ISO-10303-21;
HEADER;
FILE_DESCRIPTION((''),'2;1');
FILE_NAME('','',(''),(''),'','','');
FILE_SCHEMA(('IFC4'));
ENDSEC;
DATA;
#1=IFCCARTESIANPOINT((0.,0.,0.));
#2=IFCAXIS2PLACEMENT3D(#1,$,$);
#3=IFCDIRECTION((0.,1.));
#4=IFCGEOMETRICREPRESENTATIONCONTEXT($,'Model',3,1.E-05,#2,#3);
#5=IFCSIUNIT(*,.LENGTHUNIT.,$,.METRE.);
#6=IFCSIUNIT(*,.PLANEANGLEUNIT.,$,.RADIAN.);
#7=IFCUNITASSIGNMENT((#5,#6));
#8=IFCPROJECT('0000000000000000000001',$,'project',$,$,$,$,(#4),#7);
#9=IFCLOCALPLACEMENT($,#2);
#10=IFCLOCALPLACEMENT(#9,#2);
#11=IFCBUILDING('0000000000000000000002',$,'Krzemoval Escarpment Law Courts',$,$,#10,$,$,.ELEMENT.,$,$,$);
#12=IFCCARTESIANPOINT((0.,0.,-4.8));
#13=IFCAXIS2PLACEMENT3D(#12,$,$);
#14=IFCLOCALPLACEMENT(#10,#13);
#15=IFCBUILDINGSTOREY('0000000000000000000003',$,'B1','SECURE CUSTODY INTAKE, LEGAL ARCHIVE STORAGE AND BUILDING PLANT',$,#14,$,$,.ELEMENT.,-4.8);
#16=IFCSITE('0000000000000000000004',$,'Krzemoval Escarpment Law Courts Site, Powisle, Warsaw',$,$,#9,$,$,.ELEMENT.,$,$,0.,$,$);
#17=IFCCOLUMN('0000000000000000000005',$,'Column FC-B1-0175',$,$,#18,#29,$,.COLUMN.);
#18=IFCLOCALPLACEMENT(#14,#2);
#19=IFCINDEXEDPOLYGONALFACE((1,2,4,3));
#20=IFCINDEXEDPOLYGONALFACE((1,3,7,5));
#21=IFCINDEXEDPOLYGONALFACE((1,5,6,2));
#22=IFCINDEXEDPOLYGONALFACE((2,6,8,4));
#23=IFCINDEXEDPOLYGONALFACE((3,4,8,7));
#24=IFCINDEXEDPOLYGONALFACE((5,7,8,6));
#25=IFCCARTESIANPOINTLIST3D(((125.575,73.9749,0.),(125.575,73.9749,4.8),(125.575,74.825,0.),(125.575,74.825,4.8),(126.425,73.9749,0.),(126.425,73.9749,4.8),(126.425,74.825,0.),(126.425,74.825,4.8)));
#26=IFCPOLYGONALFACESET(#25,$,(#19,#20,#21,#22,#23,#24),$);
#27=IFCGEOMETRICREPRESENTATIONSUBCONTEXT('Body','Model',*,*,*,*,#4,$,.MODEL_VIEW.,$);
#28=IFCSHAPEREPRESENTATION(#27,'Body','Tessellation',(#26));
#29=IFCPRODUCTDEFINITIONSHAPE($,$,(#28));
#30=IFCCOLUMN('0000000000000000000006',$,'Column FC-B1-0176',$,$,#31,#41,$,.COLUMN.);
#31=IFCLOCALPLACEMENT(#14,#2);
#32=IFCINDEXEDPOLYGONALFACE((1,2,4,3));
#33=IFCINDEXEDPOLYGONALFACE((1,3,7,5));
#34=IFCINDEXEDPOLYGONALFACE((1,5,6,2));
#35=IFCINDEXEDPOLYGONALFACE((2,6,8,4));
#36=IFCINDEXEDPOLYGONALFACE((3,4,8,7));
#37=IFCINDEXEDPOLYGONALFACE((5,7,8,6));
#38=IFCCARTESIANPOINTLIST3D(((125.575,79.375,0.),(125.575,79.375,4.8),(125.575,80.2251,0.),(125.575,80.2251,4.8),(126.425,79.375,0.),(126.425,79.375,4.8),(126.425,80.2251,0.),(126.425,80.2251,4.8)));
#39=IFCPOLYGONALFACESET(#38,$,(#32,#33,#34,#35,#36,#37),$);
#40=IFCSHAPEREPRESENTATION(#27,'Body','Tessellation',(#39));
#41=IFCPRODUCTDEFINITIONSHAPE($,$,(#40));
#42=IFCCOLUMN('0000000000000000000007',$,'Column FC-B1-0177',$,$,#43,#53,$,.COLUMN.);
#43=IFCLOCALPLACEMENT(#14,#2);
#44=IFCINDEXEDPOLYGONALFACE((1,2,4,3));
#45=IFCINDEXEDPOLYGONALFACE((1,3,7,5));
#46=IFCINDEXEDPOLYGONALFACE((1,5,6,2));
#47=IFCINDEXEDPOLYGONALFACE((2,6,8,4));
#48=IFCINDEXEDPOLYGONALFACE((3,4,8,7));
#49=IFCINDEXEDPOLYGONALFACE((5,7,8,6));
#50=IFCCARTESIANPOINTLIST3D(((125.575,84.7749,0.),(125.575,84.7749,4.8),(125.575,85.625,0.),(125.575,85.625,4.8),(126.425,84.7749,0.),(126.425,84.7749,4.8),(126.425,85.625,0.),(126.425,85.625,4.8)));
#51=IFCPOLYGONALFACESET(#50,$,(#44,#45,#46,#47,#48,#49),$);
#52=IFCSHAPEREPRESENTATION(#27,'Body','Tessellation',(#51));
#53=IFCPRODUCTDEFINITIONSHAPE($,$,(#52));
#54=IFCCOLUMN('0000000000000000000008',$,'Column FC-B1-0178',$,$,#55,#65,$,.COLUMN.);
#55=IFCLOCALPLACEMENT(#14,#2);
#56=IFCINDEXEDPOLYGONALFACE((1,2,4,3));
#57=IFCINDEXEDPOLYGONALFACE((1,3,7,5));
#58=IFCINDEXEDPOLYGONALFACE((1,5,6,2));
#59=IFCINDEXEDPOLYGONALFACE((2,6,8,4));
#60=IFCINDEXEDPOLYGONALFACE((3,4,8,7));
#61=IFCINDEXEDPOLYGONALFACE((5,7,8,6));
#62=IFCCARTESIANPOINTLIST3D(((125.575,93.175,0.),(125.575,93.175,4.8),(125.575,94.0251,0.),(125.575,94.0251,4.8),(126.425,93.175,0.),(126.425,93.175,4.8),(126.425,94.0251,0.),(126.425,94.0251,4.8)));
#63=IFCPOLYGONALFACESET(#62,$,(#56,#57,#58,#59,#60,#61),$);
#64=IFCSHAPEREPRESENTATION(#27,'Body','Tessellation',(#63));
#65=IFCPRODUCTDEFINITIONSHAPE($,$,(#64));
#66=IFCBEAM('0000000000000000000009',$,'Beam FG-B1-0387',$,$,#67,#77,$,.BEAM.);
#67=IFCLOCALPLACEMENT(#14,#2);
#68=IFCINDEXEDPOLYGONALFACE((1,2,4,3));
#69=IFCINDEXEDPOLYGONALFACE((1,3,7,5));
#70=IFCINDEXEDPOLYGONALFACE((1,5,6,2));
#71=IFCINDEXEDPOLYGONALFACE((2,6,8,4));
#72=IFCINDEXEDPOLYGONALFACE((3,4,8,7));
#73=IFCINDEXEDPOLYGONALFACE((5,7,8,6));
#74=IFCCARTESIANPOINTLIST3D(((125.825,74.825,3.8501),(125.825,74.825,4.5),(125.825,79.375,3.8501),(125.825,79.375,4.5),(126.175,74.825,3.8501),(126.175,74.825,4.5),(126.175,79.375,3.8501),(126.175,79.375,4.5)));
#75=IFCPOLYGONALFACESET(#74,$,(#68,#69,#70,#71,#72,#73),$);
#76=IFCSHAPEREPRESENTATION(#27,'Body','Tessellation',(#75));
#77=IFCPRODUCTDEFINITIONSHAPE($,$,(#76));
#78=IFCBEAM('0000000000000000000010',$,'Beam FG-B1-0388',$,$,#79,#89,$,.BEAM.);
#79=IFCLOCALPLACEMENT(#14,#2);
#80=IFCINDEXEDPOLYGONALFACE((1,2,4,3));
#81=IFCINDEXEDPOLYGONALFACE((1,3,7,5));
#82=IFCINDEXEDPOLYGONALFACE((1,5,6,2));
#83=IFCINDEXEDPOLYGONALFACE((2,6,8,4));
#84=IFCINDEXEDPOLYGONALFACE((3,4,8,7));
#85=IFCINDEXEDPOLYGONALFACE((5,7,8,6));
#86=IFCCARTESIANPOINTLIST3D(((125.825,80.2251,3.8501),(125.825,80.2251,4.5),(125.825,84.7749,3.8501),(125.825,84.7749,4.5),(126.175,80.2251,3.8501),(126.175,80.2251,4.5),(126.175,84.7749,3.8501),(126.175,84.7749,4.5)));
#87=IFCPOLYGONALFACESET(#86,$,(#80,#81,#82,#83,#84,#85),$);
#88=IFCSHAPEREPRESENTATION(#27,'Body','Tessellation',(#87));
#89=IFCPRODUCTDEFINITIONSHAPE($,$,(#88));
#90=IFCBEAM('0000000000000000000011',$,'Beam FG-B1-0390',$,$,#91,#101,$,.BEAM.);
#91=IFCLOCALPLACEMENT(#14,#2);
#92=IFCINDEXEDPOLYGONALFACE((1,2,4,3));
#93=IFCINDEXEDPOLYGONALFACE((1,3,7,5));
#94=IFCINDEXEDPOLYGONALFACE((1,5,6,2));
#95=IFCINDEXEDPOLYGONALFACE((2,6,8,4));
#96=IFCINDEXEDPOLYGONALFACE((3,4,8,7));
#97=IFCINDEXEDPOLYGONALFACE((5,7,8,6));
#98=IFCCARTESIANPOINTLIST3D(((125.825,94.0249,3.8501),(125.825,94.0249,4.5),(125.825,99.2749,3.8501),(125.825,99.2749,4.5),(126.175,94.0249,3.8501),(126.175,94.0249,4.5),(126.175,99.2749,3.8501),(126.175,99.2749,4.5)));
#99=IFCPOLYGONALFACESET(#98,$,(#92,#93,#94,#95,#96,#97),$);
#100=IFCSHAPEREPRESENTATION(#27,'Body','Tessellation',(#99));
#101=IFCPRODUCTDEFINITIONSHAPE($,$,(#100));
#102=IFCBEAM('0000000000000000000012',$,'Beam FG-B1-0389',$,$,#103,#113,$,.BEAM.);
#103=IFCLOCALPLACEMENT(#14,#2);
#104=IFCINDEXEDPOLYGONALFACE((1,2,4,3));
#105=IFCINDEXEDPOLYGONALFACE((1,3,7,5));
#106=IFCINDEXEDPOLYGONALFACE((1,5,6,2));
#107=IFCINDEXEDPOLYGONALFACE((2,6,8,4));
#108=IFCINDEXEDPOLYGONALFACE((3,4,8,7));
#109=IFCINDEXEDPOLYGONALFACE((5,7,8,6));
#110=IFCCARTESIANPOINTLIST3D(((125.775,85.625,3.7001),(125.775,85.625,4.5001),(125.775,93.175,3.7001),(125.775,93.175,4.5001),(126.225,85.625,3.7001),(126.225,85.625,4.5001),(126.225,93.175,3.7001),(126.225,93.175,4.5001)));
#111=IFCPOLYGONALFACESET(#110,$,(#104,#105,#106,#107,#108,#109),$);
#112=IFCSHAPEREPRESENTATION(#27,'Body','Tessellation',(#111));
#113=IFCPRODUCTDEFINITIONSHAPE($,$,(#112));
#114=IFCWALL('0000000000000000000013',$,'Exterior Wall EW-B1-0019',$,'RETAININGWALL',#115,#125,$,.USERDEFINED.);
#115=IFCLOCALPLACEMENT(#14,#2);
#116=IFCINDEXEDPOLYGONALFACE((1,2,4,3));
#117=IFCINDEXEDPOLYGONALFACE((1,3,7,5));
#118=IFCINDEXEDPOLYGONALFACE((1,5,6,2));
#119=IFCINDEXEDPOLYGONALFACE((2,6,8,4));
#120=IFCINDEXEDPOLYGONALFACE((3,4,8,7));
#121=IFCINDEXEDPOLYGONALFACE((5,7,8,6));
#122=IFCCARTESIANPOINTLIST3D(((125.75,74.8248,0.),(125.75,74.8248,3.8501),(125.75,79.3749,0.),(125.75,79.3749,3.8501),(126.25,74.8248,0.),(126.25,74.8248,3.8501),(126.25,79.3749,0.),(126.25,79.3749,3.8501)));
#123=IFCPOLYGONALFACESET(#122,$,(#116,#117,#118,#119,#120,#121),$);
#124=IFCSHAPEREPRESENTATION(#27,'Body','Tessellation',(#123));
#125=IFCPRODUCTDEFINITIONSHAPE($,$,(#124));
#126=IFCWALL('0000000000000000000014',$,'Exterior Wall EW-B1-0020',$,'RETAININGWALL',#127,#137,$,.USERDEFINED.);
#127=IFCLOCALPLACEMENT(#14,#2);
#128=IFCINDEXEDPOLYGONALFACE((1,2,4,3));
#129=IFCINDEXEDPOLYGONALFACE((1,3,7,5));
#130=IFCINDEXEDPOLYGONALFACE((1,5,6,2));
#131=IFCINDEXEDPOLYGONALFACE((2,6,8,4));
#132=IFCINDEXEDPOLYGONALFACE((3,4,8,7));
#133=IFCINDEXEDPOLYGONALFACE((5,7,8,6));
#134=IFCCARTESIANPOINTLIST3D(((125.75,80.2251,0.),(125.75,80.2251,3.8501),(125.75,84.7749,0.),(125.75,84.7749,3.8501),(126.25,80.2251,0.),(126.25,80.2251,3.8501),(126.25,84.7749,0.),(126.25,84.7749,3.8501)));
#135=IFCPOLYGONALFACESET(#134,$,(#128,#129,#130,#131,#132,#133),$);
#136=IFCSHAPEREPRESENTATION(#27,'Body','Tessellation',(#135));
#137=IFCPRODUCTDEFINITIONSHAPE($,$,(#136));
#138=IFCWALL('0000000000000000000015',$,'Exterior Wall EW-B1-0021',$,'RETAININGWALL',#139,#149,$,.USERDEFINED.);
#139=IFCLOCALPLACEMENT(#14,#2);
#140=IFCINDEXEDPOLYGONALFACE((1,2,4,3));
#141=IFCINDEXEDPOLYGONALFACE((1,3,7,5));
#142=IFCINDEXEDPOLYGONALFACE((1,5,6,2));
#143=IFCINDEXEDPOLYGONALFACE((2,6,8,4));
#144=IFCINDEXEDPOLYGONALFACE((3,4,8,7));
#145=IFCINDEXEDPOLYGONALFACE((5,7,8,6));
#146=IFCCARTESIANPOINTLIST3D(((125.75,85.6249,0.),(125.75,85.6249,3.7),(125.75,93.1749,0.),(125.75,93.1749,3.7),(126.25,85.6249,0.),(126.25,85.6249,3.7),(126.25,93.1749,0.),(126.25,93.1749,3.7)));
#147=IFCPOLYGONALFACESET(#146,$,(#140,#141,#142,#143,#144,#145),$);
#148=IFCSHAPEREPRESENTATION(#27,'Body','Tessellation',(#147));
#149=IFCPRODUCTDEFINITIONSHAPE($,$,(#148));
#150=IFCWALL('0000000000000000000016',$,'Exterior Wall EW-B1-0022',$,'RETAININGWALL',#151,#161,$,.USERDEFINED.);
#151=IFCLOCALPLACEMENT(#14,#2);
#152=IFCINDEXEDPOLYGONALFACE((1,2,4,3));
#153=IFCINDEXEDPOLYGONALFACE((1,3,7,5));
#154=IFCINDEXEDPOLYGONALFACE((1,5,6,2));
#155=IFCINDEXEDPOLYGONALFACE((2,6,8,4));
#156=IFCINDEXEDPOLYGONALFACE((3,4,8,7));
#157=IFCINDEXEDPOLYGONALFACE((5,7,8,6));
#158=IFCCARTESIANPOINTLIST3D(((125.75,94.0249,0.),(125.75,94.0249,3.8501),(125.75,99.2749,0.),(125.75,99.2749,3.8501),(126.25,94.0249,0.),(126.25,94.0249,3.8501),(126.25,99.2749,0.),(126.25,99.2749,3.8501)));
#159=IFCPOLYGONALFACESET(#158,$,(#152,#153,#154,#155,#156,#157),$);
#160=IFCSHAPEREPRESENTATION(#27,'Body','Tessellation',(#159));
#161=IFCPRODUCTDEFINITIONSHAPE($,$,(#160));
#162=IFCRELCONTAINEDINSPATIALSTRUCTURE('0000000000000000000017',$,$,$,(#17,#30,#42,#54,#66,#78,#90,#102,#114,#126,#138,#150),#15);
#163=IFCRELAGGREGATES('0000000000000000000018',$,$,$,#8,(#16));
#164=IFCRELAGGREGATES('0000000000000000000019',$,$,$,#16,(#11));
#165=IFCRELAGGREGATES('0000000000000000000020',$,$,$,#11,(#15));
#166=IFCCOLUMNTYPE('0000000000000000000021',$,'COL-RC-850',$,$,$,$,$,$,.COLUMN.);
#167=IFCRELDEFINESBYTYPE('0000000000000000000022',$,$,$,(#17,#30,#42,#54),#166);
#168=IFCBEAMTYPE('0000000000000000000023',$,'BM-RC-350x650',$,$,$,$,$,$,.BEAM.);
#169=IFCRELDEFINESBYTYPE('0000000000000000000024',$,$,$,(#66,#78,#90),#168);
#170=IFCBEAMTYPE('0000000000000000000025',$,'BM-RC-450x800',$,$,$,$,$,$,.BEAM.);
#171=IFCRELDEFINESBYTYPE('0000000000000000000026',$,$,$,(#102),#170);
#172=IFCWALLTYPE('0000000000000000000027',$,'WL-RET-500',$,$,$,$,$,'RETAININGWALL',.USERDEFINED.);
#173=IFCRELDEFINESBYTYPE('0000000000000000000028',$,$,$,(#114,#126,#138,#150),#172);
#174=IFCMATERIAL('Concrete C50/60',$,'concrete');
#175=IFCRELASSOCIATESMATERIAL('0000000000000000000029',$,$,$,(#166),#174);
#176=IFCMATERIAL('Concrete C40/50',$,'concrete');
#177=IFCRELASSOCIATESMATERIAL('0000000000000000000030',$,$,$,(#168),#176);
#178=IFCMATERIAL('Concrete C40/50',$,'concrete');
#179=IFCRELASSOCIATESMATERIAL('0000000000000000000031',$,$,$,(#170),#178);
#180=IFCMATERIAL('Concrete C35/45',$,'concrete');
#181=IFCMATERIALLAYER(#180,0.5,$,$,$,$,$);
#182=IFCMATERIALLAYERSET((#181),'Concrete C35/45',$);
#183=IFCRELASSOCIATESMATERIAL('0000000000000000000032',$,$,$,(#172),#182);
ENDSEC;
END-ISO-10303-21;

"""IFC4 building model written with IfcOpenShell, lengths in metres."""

from ifc_helpers import new_model, si_unit, direction, frame, frame_2d, origin, origin_2d, place, context, subcontext, project, spatial, rectangle, extrude, material, layer, layer_set, material_profile, profile_set, type_object, element, save


model = new_model("IFC4")

# Units and contexts
model_context = context("Model", 3, precision=1e-05, world=origin(), true_north=direction((0.0, 1.0)))
body_context = subcontext(model_context, "Body", "Model", "MODEL_VIEW")
ifc_project = project(units=[si_unit("LENGTHUNIT", "METRE"), si_unit("PLANEANGLEUNIT", "RADIAN")], contexts=[model_context])

# Site, building, storey
site_placement = place(None, origin())
site = spatial("IfcSite", under=ifc_project, at=site_placement, Name="Krzemoval Escarpment Law Courts Site, Powisle, Warsaw", CompositionType="ELEMENT", RefElevation=0.0)
building_placement = place(site_placement, origin())
building = spatial("IfcBuilding", under=site, at=building_placement, Name="Krzemoval Escarpment Law Courts", CompositionType="ELEMENT")
storey_placement = place(building_placement, frame((0.0, 0.0, -4.8)))
storey = spatial("IfcBuildingStorey", under=building, at=storey_placement, Name="B1", Description="SECURE CUSTODY INTAKE, LEGAL ARCHIVE STORAGE AND BUILDING PLANT", CompositionType="ELEMENT", Elevation=-4.8)

# Columns
ifc_material_1 = material(Name="Concrete C50/60", Category="concrete")
ifc_material_profile_1 = material_profile(ifc_material_1, rectangle(XDim=0.8501, YDim=0.8501, at=origin_2d()), Name="RC 850x850")
ifc_profile_set_1 = profile_set([ifc_material_profile_1], Name="Concrete C50/60")
column_type = type_object("IfcColumnType", Name="COL-RC-850", PredefinedType="COLUMN", material=ifc_profile_set_1)
for number, where, z_axis, x_axis, name in (
    (1, (126.0, 74.3999, 0.0), (0.0, 0.0, 1.0), (1.0, 0.0, 0.0), "Column FC-B1-0175"),
    (2, (126.0, 79.8, 0.0), (0.0, 0.0, 1.0), (1.0, 0.0, 0.0), "Column FC-B1-0176"),
    (3, (126.0, 85.2, 0.0), (0.0, 0.0, 1.0), (1.0, 0.0, 0.0), "Column FC-B1-0177"),
    (4, (126.0, 93.6001, 0.0), (0.0, 0.0, 1.0), (1.0, 0.0, 0.0), "Column FC-B1-0178"),
):
    element("IfcColumn", number, at=place(storey_placement, frame(where, z_axis=z_axis, x_axis=x_axis)), inside=storey, type_object=column_type, Name=name, PredefinedType="COLUMN", context=body_context, shape_type="SweptSolid", body=[
        extrude(rectangle(XDim=0.8501, YDim=0.8501, at=origin_2d()), origin(), (0.0, 0.0, 1.0), 4.8),
    ])

# Beams
ifc_material_2 = material(Name="Concrete C40/50", Category="concrete")
ifc_material_profile_2 = material_profile(ifc_material_2, rectangle(XDim=0.3501, YDim=0.6499, at=origin_2d()), Name="RCB 350x650")
ifc_profile_set_2 = profile_set([ifc_material_profile_2], Name="Concrete C40/50")
beam_type_1 = type_object("IfcBeamType", Name="BM-RC-350x650", PredefinedType="BEAM", material=ifc_profile_set_2)
beam_1_placement = place(storey_placement, frame((126.0, 74.825, 4.175), z_axis=(0.0, 1.0, 0.0), x_axis=(-1.0, 0.0, 0.0)))
element("IfcBeam", 5, at=beam_1_placement, inside=storey, type_object=beam_type_1, Name="Beam FG-B1-0387", PredefinedType="BEAM", context=body_context, shape_type="SweptSolid", body=[
    extrude(rectangle(XDim=0.3501, YDim=0.6499, at=origin_2d()), origin(), (0.0, 0.0, 1.0), 4.55),
])
beam_2_placement = place(storey_placement, frame((126.0, 80.2251, 4.175), z_axis=(0.0, 1.0, 0.0), x_axis=(-1.0, 0.0, 0.0)))
element("IfcBeam", 6, at=beam_2_placement, inside=storey, type_object=beam_type_1, Name="Beam FG-B1-0388", PredefinedType="BEAM", context=body_context, shape_type="SweptSolid", body=[
    extrude(rectangle(XDim=0.3501, YDim=0.6499, at=origin_2d()), origin(), (0.0, 0.0, 1.0), 4.5498),
])
beam_3_placement = place(storey_placement, frame((126.0, 94.0249, 4.175), z_axis=(0.0, 1.0, 0.0), x_axis=(-1.0, 0.0, 0.0)))
element("IfcBeam", 7, at=beam_3_placement, inside=storey, type_object=beam_type_1, Name="Beam FG-B1-0390", PredefinedType="BEAM", context=body_context, shape_type="SweptSolid", body=[
    extrude(rectangle(XDim=0.3501, YDim=0.6499, at=origin_2d()), origin(), (0.0, 0.0, 1.0), 5.25),
])
ifc_material_3 = material(Name="Concrete C40/50", Category="concrete")
ifc_material_profile_3 = material_profile(ifc_material_3, rectangle(XDim=0.45, YDim=0.8, at=origin_2d()), Name="RCB 450x800")
ifc_profile_set_3 = profile_set([ifc_material_profile_3], Name="Concrete C40/50")
beam_type_2 = type_object("IfcBeamType", Name="BM-RC-450x800", PredefinedType="BEAM", material=ifc_profile_set_3)
beam_4_placement = place(storey_placement, frame((126.0, 85.625, 4.1001), z_axis=(0.0, 1.0, 0.0), x_axis=(-1.0, 0.0, 0.0)))
element("IfcBeam", 8, at=beam_4_placement, inside=storey, type_object=beam_type_2, Name="Beam FG-B1-0389", PredefinedType="BEAM", context=body_context, shape_type="SweptSolid", body=[
    extrude(rectangle(XDim=0.45, YDim=0.8, at=origin_2d()), origin(), (0.0, 0.0, 1.0), 7.55),
])

# Walls
ifc_material_4 = material(Name="Concrete C35/45", Category="concrete")
ifc_layer = layer(ifc_material_4, 0.5)
ifc_layer_set = layer_set([ifc_layer], Name="Concrete C35/45")
wall_type = type_object("IfcWallType", Name="WL-RET-500", ElementType="RETAININGWALL", PredefinedType="USERDEFINED", material=ifc_layer_set)
wall_1_placement = place(storey_placement, frame((126.0, 74.825, 0.0), z_axis=(0.0, 0.0, 1.0), x_axis=(0.0, 1.0, 0.0)))
element("IfcWall", 9, at=wall_1_placement, inside=storey, type_object=wall_type, Name="Exterior Wall EW-B1-0019", ObjectType="RETAININGWALL", PredefinedType="USERDEFINED", context=body_context, shape_type="SweptSolid", body=[
    extrude(rectangle(XDim=4.55, YDim=0.5, at=frame_2d((2.2749, 0.0))), origin(), (0.0, 0.0, 1.0), 3.8501),
])
wall_2_placement = place(storey_placement, frame((126.0, 80.2251, 0.0), z_axis=(0.0, 0.0, 1.0), x_axis=(0.0, 1.0, 0.0)))
element("IfcWall", 10, at=wall_2_placement, inside=storey, type_object=wall_type, Name="Exterior Wall EW-B1-0020", ObjectType="RETAININGWALL", PredefinedType="USERDEFINED", context=body_context, shape_type="SweptSolid", body=[
    extrude(rectangle(XDim=4.5498, YDim=0.5, at=frame_2d((2.2749, 0.0))), origin(), (0.0, 0.0, 1.0), 3.8501),
])
wall_3_placement = place(storey_placement, frame((126.0, 85.625, 0.0), z_axis=(0.0, 0.0, 1.0), x_axis=(0.0, 1.0, 0.0)))
element("IfcWall", 11, at=wall_3_placement, inside=storey, type_object=wall_type, Name="Exterior Wall EW-B1-0021", ObjectType="RETAININGWALL", PredefinedType="USERDEFINED", context=body_context, shape_type="SweptSolid", body=[
    extrude(rectangle(XDim=7.55, YDim=0.5, at=frame_2d((3.7749, 0.0))), origin(), (0.0, 0.0, 1.0), 3.7),
])
wall_4_placement = place(storey_placement, frame((126.0, 94.0249, 0.0), z_axis=(0.0, 0.0, 1.0), x_axis=(0.0, 1.0, 0.0)))
element("IfcWall", 12, at=wall_4_placement, inside=storey, type_object=wall_type, Name="Exterior Wall EW-B1-0022", ObjectType="RETAININGWALL", PredefinedType="USERDEFINED", context=body_context, shape_type="SweptSolid", body=[
    extrude(rectangle(XDim=5.25, YDim=0.5, at=frame_2d((2.625, 0.0))), origin(), (0.0, 0.0, 1.0), 3.8501),
])

save(model, "model.ifc")
